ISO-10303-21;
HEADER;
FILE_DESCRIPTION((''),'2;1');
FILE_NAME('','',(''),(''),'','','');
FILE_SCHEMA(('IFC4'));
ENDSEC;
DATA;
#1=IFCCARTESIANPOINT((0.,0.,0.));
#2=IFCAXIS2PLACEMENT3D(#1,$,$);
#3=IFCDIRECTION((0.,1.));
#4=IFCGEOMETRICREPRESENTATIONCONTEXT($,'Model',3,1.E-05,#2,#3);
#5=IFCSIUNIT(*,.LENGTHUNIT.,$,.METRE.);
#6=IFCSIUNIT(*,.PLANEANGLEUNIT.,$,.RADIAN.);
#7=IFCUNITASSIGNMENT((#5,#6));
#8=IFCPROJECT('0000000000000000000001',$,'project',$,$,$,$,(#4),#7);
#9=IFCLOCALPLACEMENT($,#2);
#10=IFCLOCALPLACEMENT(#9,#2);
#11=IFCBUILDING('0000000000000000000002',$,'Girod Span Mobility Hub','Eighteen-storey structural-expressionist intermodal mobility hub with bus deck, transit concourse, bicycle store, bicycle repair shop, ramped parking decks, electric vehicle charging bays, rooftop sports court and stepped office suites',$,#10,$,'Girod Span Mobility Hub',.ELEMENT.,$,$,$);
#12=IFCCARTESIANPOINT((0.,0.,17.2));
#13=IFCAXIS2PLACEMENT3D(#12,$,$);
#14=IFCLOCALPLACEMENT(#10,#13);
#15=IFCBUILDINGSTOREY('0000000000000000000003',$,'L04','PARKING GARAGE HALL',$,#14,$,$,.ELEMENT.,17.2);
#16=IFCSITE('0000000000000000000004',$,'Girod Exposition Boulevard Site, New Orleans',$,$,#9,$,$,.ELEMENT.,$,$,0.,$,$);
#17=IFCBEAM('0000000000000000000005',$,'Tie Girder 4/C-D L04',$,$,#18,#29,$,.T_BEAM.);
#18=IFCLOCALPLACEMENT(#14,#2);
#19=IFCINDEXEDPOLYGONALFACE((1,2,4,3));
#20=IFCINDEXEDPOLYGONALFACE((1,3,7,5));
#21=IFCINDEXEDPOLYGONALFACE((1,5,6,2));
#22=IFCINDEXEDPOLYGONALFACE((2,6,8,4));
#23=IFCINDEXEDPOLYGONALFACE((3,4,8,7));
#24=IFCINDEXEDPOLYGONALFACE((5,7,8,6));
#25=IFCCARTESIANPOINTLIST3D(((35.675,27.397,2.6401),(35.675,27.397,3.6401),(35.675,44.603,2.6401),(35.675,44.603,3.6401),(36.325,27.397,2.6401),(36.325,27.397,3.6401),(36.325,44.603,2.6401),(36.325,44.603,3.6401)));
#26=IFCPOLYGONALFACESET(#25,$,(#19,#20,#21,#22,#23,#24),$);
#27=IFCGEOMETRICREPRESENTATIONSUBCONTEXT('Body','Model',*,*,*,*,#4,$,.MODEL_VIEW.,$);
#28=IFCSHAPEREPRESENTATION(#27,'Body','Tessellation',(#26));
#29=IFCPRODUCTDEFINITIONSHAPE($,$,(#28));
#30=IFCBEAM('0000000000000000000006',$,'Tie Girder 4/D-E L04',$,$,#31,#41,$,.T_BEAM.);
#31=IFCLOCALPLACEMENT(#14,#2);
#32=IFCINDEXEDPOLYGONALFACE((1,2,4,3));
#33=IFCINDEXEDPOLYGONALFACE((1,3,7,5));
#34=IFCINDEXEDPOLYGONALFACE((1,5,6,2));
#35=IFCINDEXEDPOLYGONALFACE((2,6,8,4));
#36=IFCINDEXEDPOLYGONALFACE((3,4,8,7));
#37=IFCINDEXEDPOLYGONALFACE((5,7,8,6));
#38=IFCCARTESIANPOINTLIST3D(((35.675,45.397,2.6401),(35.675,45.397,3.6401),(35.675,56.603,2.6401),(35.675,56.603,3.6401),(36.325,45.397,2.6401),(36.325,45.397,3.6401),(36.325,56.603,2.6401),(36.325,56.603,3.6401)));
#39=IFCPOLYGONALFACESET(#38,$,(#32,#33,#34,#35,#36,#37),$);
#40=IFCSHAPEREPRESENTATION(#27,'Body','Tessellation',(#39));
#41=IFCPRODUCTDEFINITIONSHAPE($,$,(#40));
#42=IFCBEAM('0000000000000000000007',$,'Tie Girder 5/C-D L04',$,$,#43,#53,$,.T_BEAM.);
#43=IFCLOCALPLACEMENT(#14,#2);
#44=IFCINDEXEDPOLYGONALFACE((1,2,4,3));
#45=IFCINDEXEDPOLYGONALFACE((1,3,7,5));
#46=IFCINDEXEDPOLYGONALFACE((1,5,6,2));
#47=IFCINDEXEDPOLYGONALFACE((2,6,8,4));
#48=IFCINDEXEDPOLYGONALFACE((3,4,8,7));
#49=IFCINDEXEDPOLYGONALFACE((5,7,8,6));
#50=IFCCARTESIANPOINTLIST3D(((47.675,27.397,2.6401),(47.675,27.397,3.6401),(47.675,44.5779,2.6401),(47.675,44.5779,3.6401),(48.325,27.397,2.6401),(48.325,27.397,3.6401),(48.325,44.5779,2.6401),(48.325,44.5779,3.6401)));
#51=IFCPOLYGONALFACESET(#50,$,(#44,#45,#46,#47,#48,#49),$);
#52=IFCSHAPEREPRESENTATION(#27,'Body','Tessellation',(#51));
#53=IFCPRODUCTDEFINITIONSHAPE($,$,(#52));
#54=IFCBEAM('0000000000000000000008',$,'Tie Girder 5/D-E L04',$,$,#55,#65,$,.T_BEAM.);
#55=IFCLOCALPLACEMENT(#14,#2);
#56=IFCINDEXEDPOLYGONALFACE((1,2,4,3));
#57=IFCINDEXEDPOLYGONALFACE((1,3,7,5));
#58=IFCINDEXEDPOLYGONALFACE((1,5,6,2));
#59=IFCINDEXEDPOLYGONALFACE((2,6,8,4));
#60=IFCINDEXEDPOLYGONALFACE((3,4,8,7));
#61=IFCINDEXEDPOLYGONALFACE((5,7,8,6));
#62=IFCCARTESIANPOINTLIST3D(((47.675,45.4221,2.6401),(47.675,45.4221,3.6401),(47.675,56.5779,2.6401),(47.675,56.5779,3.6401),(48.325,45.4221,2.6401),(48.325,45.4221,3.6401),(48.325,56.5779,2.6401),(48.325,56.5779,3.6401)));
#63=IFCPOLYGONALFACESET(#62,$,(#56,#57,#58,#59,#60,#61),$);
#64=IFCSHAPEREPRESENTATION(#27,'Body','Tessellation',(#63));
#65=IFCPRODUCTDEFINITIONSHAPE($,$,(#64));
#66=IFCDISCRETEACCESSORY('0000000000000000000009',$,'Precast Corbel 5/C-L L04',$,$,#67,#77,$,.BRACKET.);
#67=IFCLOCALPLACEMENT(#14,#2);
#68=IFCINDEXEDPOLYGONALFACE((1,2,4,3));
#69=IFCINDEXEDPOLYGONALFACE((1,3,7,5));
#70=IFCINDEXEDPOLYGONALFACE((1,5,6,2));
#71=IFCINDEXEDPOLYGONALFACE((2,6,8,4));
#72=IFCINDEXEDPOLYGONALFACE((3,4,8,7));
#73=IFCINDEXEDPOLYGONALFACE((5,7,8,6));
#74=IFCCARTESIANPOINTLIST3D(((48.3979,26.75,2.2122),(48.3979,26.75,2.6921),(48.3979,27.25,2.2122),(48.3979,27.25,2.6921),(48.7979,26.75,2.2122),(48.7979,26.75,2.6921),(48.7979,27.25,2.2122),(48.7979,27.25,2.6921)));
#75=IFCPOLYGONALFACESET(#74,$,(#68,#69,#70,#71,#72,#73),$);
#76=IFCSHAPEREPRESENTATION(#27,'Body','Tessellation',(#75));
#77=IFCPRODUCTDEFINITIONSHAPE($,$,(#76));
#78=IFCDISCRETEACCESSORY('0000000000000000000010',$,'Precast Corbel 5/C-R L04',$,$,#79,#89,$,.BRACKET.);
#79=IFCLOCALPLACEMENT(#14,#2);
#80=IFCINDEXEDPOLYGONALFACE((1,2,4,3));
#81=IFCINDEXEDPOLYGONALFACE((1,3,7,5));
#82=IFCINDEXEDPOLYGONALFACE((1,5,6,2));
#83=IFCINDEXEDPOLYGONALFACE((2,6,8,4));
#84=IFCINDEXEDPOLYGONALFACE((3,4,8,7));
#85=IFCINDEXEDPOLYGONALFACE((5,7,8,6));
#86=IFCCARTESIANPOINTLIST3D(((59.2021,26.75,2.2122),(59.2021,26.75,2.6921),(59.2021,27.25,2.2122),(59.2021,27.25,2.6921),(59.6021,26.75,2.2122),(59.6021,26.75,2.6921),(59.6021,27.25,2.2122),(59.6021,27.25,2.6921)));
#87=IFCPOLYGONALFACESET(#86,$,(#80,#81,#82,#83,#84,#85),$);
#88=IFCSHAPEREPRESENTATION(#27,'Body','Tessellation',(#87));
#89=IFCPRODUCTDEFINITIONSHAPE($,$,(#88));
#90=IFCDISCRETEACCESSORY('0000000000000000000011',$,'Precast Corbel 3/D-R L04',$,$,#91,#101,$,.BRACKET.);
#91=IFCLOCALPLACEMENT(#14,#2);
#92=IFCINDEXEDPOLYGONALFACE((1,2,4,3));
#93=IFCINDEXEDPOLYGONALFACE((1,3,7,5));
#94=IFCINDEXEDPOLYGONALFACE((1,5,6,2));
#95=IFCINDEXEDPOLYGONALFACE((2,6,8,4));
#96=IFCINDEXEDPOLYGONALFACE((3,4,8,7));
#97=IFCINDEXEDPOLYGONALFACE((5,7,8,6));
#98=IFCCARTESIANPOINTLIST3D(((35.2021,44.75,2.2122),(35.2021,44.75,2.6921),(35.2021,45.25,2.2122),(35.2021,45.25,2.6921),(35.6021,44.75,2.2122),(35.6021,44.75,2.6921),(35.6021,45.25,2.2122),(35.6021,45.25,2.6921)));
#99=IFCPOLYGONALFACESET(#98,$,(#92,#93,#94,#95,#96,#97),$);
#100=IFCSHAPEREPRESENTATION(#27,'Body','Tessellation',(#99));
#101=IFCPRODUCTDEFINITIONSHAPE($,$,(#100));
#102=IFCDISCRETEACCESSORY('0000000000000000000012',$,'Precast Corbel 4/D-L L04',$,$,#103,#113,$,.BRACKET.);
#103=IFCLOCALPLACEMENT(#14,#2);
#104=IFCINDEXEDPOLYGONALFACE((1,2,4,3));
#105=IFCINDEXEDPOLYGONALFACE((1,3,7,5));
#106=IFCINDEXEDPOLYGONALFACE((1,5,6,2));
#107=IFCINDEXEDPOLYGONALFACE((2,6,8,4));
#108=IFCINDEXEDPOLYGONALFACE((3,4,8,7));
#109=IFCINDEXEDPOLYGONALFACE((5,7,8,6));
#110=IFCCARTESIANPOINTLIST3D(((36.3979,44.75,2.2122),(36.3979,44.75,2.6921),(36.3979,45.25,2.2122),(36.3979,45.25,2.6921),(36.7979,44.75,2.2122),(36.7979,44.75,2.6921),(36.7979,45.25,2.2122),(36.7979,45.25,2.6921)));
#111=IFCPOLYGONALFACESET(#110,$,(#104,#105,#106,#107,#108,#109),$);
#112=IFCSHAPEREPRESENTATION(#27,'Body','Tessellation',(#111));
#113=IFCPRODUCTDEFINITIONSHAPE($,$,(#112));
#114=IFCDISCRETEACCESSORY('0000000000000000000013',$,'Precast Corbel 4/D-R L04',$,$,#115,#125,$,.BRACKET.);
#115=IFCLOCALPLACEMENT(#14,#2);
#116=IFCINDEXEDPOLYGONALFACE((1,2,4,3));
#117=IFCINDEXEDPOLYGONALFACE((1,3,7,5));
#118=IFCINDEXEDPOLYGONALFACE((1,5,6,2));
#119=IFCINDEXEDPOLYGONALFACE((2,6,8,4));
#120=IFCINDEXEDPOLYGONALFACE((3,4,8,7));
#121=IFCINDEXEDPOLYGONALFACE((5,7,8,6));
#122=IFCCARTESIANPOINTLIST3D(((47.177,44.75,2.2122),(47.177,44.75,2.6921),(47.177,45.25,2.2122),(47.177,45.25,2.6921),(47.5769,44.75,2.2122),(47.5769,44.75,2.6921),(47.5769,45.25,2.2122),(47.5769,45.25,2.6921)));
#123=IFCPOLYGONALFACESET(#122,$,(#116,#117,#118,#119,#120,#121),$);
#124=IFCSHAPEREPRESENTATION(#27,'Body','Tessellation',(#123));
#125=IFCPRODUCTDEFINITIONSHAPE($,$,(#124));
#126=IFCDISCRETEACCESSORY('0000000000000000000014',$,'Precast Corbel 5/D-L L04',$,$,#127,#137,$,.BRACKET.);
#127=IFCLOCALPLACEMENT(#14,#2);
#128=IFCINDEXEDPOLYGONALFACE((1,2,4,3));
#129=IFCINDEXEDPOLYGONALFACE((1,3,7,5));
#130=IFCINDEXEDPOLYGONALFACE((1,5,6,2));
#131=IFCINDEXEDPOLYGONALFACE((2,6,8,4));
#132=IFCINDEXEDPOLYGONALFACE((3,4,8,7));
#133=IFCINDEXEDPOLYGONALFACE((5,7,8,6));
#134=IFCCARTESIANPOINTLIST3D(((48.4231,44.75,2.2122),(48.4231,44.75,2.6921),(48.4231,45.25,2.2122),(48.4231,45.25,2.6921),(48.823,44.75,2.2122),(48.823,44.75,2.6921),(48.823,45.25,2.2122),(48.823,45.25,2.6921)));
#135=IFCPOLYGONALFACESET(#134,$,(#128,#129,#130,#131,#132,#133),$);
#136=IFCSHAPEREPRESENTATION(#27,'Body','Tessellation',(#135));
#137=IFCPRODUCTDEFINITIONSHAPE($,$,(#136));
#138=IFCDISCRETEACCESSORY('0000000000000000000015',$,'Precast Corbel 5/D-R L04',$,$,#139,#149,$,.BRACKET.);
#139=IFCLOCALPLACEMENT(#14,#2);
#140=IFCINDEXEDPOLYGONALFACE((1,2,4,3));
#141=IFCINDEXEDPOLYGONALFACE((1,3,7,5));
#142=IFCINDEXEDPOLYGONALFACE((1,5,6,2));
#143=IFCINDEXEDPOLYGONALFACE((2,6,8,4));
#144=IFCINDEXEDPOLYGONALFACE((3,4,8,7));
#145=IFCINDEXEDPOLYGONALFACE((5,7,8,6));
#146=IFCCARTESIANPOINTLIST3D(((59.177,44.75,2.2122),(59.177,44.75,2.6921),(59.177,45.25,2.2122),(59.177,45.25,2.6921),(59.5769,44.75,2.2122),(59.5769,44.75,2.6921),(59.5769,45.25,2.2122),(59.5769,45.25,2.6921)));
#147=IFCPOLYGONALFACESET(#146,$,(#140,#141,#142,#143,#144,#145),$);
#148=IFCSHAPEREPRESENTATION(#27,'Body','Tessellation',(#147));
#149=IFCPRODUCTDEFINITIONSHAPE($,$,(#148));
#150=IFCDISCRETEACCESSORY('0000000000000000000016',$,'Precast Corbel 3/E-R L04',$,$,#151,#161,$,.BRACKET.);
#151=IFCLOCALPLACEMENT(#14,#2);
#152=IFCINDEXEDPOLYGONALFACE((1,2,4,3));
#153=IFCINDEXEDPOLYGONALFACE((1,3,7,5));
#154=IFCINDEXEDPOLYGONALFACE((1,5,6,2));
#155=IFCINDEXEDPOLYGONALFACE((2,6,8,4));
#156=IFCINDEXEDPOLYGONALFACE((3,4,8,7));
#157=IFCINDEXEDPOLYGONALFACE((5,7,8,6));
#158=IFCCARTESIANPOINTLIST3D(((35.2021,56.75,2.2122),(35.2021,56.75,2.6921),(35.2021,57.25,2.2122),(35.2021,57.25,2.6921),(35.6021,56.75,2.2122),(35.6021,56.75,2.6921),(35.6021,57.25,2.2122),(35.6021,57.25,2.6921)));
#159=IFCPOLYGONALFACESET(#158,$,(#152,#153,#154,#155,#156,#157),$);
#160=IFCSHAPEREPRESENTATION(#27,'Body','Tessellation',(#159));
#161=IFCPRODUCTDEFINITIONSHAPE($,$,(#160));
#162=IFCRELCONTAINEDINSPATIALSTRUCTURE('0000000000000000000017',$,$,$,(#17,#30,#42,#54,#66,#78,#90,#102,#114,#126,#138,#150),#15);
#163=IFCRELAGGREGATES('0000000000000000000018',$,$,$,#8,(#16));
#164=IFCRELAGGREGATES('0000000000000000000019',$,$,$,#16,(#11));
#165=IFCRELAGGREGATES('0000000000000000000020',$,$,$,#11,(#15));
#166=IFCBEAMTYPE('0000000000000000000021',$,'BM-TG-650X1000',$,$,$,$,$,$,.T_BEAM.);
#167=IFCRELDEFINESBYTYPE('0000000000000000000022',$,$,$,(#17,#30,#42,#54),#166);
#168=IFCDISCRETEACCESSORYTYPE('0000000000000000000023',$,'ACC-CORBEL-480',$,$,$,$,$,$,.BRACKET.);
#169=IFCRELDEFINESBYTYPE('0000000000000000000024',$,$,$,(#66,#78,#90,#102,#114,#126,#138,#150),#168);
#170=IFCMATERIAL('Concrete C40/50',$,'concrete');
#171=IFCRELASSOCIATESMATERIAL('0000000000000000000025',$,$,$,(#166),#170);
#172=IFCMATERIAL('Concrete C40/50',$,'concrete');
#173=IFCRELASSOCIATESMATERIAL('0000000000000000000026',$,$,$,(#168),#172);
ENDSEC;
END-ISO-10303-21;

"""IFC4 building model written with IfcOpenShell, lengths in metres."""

from ifc_helpers import new_model, si_unit, direction, frame, origin, origin_2d, place, context, subcontext, project, spatial, rectangle, extrude, material, material_profile, profile_set, type_object, element, save


model = new_model("IFC4")

# Units and contexts
model_context = context("Model", 3, precision=1e-05, world=origin(), true_north=direction((0.0, 1.0)))
body_context = subcontext(model_context, "Body", "Model", "MODEL_VIEW")
ifc_project = project(units=[si_unit("LENGTHUNIT", "METRE"), si_unit("PLANEANGLEUNIT", "RADIAN")], contexts=[model_context])

# Site, building, storey
site_placement = place(None, origin())
site = spatial("IfcSite", under=ifc_project, at=site_placement, Name="Girod Exposition Boulevard Site, New Orleans", CompositionType="ELEMENT", RefElevation=0.0)
building_placement = place(site_placement, origin())
building = spatial("IfcBuilding", under=site, at=building_placement, Name="Girod Span Mobility Hub", Description="Eighteen-storey structural-expressionist intermodal mobility hub with bus deck, transit concourse, bicycle store, bicycle repair shop, ramped parking decks, electric vehicle charging bays, rooftop sports court and stepped office suites", LongName="Girod Span Mobility Hub", CompositionType="ELEMENT")
storey_placement = place(building_placement, frame((0.0, 0.0, 17.2)))
storey = spatial("IfcBuildingStorey", under=building, at=storey_placement, Name="L04", Description="PARKING GARAGE HALL", CompositionType="ELEMENT", Elevation=17.2)

# Beams
ifc_material_1 = material(Name="Concrete C40/50", Category="concrete")
ifc_material_profile_1 = material_profile(ifc_material_1, rectangle(XDim=0.6499, YDim=1.0, at=origin_2d()), Name="TG-650X1000")
ifc_profile_set_1 = profile_set([ifc_material_profile_1], Name="Concrete C40/50")
beam_type_1 = type_object("IfcBeamType", Name="BM-TG-650X1000", PredefinedType="T_BEAM", material=ifc_profile_set_1)
beam_1_placement = place(storey_placement, frame((36.0, 27.397, 3.1401), z_axis=(0.0, 1.0, 0.0), x_axis=(-1.0, 0.0, 0.0)))
element("IfcBeam", 1, at=beam_1_placement, inside=storey, type_object=beam_type_1, Name="Tie Girder 4/C-D L04", PredefinedType="T_BEAM", context=body_context, shape_type="SweptSolid", body=[
    extrude(rectangle(XDim=0.6499, YDim=1.0, at=origin_2d()), origin(), (0.0, 0.0, 1.0), 17.2061),
])
beam_2_placement = place(storey_placement, frame((36.0, 45.397, 3.1401), z_axis=(0.0, 1.0, 0.0), x_axis=(-1.0, 0.0, 0.0)))
element("IfcBeam", 2, at=beam_2_placement, inside=storey, type_object=beam_type_1, Name="Tie Girder 4/D-E L04", PredefinedType="T_BEAM", context=body_context, shape_type="SweptSolid", body=[
    extrude(rectangle(XDim=0.6499, YDim=1.0, at=origin_2d()), origin(), (0.0, 0.0, 1.0), 11.2061),
])
beam_3_placement = place(storey_placement, frame((48.0, 27.397, 3.1401), z_axis=(0.0, 1.0, 0.0), x_axis=(-1.0, 0.0, 0.0)))
element("IfcBeam", 3, at=beam_3_placement, inside=storey, type_object=beam_type_1, Name="Tie Girder 5/C-D L04", PredefinedType="T_BEAM", context=body_context, shape_type="SweptSolid", body=[
    extrude(rectangle(XDim=0.6499, YDim=1.0, at=origin_2d()), origin(), (0.0, 0.0, 1.0), 17.1809),
])
beam_4_placement = place(storey_placement, frame((48.0, 45.4221, 3.1401), z_axis=(0.0, 1.0, 0.0), x_axis=(-1.0, 0.0, 0.0)))
element("IfcBeam", 4, at=beam_4_placement, inside=storey, type_object=beam_type_1, Name="Tie Girder 5/D-E L04", PredefinedType="T_BEAM", context=body_context, shape_type="SweptSolid", body=[
    extrude(rectangle(XDim=0.6499, YDim=1.0, at=origin_2d()), origin(), (0.0, 0.0, 1.0), 11.1558),
])

# Discrete accessories
ifc_material_2 = material(Name="Concrete C40/50", Category="concrete")
discrete_accessory_type = type_object("IfcDiscreteAccessoryType", Name="ACC-CORBEL-480", PredefinedType="BRACKET", material=ifc_material_2)
for number, where, z_axis, x_axis, name in (
    (5, (48.5979, 27.0, 2.2122), (0.0, 0.0, 1.0), (1.0, 0.0, 0.0), "Precast Corbel 5/C-L L04"),
    (6, (59.4021, 27.0, 2.2122), (0.0, 0.0, 1.0), (1.0, 0.0, 0.0), "Precast Corbel 5/C-R L04"),
    (7, (35.4021, 45.0, 2.2122), (0.0, 0.0, 1.0), (1.0, 0.0, 0.0), "Precast Corbel 3/D-R L04"),
    (8, (36.5979, 45.0, 2.2122), (0.0, 0.0, 1.0), (1.0, 0.0, 0.0), "Precast Corbel 4/D-L L04"),
    (9, (47.377, 45.0, 2.2122), (0.0, 0.0, 1.0), (1.0, 0.0, 0.0), "Precast Corbel 4/D-R L04"),
    (10, (48.623, 45.0, 2.2122), (0.0, 0.0, 1.0), (1.0, 0.0, 0.0), "Precast Corbel 5/D-L L04"),
    (11, (59.377, 45.0, 2.2122), (0.0, 0.0, 1.0), (1.0, 0.0, 0.0), "Precast Corbel 5/D-R L04"),
    (12, (35.4021, 57.0, 2.2122), (0.0, 0.0, 1.0), (1.0, 0.0, 0.0), "Precast Corbel 3/E-R L04"),
):
    element("IfcDiscreteAccessory", number, at=place(storey_placement, frame(where, z_axis=z_axis, x_axis=x_axis)), inside=storey, type_object=discrete_accessory_type, Name=name, PredefinedType="BRACKET", context=body_context, shape_type="SweptSolid", body=[
        extrude(rectangle(XDim=0.3999, YDim=0.5, at=origin_2d()), origin(), (0.0, 0.0, 1.0), 0.48),
    ])

save(model, "model.ifc")
